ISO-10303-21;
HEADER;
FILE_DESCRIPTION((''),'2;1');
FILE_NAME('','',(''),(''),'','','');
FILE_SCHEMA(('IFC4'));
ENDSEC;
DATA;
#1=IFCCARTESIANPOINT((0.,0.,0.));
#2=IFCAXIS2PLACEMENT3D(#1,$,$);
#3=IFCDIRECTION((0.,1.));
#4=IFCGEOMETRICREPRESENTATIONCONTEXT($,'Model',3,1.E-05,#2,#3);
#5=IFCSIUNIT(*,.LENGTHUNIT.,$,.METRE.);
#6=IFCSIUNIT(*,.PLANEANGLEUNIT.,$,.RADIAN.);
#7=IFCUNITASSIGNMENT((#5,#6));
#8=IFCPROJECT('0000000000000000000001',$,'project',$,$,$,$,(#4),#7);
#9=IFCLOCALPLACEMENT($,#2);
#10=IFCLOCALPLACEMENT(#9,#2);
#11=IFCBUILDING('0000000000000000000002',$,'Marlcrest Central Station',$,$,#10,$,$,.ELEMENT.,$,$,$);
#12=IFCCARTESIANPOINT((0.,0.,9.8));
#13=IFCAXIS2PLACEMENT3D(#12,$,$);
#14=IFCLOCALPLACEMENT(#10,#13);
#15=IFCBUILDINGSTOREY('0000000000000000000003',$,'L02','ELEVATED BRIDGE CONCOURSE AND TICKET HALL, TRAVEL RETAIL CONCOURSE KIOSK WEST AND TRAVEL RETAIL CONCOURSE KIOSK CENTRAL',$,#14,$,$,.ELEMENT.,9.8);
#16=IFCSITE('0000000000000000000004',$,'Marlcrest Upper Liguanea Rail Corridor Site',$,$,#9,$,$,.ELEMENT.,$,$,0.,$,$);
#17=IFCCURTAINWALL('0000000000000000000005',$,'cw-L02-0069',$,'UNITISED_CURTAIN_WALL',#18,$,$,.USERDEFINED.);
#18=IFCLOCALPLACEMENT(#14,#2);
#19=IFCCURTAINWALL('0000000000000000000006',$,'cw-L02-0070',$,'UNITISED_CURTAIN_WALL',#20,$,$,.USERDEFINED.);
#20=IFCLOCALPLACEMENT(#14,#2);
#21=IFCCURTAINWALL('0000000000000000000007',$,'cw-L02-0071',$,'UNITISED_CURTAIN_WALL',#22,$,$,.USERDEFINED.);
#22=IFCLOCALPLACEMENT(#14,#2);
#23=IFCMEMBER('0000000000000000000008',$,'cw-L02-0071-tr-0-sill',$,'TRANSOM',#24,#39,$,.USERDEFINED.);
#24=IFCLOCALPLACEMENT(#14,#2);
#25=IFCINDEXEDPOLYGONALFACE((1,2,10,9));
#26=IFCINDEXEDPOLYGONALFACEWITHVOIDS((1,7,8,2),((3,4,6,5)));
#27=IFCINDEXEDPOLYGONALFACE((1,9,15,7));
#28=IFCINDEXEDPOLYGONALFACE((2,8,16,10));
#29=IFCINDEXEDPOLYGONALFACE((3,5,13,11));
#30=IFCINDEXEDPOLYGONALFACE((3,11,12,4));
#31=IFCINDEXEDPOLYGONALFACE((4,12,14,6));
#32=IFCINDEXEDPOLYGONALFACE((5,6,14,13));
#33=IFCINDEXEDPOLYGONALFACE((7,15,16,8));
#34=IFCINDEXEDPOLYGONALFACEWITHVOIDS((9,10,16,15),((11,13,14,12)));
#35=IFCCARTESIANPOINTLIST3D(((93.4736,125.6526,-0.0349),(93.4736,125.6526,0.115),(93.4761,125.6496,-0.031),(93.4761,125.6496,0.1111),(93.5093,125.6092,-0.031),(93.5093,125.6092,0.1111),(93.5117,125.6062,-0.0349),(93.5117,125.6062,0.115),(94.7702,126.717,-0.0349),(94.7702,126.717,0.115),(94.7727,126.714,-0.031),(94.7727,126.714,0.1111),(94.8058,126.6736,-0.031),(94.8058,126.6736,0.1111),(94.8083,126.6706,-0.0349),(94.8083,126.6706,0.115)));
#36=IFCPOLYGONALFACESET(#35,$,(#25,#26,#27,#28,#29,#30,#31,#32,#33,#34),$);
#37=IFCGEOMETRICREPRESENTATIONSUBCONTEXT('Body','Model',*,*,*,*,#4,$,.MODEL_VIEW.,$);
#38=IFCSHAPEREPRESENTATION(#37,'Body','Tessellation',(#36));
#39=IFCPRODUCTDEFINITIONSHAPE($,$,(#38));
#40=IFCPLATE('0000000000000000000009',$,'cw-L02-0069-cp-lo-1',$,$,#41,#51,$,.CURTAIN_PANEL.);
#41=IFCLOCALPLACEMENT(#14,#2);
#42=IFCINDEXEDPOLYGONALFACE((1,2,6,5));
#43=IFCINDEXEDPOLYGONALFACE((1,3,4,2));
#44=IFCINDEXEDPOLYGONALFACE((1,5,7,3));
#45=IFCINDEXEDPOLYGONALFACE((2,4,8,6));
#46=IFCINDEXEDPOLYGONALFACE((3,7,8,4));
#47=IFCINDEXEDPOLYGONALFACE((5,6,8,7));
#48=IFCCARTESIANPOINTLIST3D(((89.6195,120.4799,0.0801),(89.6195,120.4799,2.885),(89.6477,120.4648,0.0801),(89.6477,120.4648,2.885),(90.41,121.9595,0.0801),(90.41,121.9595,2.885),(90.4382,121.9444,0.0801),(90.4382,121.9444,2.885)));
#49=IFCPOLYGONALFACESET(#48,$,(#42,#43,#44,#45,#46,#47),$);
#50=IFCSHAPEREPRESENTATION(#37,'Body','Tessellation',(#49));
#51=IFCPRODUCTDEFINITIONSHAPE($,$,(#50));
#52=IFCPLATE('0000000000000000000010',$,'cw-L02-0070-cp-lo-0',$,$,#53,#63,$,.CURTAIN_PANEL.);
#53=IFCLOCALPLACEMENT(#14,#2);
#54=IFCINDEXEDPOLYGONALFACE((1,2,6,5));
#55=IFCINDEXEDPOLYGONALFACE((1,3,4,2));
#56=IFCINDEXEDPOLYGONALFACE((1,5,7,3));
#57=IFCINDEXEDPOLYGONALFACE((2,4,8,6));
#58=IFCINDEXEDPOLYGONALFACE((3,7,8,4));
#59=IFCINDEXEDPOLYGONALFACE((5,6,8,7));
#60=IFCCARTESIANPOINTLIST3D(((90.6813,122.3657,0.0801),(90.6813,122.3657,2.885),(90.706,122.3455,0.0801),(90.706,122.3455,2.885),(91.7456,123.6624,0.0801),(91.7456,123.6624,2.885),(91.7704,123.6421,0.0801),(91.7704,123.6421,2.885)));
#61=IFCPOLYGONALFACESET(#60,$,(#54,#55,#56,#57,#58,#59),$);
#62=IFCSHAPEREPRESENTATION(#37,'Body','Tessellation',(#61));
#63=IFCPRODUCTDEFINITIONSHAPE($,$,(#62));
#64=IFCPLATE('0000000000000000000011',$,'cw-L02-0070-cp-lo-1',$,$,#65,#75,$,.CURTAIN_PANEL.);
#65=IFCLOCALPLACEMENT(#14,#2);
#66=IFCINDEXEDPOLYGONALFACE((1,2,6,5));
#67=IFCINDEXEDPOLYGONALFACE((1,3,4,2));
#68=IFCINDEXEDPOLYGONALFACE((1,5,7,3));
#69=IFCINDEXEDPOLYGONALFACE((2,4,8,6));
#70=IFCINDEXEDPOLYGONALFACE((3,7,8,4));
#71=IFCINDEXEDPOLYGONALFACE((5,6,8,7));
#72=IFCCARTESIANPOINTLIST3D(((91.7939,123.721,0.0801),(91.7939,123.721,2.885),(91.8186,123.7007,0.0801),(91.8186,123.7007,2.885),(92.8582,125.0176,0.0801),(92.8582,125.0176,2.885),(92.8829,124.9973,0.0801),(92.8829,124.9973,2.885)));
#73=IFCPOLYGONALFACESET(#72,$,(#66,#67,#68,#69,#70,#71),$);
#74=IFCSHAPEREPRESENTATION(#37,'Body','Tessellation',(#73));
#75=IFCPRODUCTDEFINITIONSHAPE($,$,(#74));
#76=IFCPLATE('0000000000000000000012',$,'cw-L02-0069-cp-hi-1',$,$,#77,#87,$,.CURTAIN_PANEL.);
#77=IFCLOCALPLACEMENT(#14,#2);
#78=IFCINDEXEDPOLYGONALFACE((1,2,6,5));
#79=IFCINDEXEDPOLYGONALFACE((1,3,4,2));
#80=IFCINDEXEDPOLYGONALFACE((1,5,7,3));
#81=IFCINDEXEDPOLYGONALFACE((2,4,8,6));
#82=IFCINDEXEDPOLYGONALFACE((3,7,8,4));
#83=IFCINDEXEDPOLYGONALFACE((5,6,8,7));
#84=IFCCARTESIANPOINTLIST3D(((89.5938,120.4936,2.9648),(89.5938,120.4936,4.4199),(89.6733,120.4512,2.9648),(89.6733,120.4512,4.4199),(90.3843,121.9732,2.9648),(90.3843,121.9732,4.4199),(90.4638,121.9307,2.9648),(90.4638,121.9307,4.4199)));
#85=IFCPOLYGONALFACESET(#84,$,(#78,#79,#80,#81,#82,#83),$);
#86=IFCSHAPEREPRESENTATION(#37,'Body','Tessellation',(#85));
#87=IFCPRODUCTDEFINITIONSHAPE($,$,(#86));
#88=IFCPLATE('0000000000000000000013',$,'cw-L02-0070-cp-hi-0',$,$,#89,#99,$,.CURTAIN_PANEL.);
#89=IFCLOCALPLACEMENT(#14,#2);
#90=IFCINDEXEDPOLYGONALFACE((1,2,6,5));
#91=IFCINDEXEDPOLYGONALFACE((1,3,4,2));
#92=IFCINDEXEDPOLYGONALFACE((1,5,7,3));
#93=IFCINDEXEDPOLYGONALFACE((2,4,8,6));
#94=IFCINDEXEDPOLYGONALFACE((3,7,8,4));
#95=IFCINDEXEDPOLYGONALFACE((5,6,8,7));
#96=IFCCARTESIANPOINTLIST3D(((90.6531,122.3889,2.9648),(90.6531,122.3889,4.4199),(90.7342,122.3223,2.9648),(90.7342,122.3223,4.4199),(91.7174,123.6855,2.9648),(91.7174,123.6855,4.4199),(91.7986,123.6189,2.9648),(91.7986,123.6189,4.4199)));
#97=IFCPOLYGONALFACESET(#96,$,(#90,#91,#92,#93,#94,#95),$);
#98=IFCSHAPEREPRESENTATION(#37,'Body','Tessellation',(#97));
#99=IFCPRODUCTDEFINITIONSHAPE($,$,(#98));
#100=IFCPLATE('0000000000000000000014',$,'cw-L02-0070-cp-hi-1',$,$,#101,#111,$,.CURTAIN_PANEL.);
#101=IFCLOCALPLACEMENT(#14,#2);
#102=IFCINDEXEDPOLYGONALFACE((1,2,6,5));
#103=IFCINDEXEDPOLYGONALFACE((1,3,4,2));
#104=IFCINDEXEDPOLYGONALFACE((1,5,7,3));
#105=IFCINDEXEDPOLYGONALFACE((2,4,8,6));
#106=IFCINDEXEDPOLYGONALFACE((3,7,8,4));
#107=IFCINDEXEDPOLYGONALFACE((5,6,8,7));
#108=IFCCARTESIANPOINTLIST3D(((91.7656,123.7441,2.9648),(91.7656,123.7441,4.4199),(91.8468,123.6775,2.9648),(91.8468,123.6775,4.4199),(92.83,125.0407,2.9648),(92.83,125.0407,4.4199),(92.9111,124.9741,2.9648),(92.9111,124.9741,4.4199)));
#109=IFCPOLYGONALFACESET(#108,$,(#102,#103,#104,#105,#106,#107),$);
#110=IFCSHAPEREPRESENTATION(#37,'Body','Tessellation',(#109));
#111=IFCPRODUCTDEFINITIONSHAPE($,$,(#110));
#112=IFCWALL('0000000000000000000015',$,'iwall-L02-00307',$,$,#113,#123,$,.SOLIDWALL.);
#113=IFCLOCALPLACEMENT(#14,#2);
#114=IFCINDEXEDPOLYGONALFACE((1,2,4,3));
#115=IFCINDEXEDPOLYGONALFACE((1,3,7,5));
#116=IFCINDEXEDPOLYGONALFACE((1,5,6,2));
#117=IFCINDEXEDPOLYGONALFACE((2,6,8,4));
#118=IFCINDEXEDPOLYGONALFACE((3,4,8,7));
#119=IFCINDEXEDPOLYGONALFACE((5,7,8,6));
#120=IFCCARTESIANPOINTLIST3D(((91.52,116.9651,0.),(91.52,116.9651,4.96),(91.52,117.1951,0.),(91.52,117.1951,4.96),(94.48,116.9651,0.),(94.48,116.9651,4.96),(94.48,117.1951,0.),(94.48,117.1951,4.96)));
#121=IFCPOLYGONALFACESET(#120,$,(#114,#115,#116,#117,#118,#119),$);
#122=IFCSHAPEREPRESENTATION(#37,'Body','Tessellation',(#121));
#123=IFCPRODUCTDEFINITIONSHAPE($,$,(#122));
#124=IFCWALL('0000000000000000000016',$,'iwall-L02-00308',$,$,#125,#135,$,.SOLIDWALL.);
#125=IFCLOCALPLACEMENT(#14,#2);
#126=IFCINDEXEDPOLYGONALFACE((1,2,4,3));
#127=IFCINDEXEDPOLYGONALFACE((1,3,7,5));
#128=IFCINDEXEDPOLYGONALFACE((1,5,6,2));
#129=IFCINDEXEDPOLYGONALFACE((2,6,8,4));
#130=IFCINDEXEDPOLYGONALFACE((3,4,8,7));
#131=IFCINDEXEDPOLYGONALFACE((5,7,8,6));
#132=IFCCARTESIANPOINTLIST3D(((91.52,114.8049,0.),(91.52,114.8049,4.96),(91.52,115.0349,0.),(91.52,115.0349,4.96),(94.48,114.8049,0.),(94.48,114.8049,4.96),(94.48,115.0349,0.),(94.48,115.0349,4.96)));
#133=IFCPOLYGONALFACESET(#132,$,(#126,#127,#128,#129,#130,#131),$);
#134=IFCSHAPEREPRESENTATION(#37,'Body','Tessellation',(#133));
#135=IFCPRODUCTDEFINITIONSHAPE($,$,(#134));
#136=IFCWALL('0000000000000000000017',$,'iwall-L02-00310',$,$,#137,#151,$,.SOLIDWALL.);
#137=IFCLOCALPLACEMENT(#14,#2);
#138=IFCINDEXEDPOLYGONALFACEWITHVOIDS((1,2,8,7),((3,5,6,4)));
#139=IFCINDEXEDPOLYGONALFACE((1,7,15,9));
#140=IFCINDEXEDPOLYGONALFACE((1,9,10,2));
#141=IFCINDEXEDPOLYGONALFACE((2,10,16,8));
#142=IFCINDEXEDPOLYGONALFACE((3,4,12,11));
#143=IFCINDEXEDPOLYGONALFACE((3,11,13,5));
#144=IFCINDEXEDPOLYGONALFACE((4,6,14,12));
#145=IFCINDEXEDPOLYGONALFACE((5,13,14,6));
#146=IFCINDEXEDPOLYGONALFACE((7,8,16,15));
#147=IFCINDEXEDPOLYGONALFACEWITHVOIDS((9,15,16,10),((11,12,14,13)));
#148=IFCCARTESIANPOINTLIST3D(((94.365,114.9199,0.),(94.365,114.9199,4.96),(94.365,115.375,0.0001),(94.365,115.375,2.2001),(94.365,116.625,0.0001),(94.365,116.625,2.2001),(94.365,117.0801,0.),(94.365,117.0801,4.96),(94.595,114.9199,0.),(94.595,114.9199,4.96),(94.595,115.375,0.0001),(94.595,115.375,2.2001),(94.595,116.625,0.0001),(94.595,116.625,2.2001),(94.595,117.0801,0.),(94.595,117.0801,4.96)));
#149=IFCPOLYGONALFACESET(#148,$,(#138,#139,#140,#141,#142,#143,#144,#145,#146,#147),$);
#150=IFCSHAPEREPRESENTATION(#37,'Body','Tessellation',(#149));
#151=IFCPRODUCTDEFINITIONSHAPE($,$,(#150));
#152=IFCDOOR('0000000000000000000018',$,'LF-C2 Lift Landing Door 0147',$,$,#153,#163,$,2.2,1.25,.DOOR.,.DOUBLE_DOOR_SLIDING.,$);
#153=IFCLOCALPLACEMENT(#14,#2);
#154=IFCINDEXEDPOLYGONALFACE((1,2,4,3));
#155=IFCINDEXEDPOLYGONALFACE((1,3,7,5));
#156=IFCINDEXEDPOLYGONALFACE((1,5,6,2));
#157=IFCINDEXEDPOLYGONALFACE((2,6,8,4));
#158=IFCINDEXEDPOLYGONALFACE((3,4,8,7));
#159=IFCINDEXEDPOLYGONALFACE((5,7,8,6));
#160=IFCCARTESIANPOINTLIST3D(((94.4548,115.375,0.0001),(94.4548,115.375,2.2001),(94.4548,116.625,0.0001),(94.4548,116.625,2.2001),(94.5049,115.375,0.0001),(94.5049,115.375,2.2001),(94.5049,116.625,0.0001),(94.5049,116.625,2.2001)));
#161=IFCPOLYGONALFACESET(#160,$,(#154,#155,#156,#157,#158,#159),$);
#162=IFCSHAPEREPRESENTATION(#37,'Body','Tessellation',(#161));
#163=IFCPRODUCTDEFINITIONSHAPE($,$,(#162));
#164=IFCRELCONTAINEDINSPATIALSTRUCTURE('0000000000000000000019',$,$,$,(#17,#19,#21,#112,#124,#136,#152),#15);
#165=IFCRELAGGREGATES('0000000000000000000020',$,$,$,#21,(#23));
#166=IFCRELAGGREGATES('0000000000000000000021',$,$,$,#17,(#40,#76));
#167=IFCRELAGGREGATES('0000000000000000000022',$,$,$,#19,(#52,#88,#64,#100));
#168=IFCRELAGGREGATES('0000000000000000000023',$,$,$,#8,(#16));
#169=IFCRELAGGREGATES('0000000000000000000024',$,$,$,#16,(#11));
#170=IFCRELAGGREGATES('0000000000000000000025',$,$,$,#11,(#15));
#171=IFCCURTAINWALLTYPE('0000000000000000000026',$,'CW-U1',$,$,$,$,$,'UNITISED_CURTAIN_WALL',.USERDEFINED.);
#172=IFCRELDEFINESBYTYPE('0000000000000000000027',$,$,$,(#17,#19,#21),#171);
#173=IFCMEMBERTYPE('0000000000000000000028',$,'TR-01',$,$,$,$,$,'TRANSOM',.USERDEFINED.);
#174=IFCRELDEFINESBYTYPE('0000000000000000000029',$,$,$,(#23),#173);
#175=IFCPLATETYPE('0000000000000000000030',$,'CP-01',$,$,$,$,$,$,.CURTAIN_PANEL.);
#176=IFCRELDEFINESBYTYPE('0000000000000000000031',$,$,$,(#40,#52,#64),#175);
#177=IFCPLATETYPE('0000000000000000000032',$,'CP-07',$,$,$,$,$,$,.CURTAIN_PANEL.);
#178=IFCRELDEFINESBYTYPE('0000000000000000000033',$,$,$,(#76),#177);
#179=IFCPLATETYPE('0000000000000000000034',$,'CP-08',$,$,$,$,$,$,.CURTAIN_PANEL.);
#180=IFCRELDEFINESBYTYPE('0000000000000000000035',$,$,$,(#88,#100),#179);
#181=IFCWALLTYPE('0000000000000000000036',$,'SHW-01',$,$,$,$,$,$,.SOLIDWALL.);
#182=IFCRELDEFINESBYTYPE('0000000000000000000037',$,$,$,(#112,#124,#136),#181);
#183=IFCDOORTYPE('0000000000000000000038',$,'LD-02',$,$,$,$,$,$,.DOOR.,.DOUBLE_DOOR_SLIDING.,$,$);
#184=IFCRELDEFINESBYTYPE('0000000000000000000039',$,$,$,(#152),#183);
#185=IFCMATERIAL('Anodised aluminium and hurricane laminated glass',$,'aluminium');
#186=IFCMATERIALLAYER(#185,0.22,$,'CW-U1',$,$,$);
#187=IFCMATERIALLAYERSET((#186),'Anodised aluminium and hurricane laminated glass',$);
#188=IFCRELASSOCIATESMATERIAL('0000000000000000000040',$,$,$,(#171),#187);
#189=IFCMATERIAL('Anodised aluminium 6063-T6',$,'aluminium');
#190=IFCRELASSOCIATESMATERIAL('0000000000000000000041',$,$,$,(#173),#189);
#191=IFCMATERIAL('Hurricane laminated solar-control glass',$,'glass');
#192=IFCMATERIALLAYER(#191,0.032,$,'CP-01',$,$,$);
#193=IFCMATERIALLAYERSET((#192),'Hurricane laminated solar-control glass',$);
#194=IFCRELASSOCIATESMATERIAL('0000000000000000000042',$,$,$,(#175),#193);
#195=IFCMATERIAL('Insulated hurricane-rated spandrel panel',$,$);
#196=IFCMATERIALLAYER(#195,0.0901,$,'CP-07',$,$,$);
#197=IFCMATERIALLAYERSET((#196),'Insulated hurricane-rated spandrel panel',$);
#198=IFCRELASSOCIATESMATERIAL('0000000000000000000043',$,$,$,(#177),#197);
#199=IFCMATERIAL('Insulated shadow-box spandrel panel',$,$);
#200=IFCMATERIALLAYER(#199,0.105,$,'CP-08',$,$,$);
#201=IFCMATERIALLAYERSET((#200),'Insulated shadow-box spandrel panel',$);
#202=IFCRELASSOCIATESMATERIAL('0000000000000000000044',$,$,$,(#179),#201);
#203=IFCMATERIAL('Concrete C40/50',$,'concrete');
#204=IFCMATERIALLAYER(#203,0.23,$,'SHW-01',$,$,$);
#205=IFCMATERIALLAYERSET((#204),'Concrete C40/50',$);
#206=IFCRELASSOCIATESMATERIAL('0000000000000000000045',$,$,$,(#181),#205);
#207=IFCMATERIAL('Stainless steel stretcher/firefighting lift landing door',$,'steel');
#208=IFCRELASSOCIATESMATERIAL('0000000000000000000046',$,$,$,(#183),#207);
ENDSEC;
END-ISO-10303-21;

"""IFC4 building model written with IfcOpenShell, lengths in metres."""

from ifc_helpers import new_model, si_unit, direction, frame, frame_2d, origin, origin_2d, place, context, subcontext, project, spatial, rectangle, hollow_rectangle, extrude, material, layer, layer_set, material_profile, profile_set, type_object, element, fill, aggregate, save


model = new_model("IFC4")

# Units and contexts
model_context = context("Model", 3, precision=1e-05, world=origin(), true_north=direction((0.0, 1.0)))
body_context = subcontext(model_context, "Body", "Model", "MODEL_VIEW")
ifc_project = project(units=[si_unit("LENGTHUNIT", "METRE"), si_unit("PLANEANGLEUNIT", "RADIAN")], contexts=[model_context])

# Site, building, storey
site_placement = place(None, origin())
site = spatial("IfcSite", under=ifc_project, at=site_placement, Name="Marlcrest Upper Liguanea Rail Corridor Site", CompositionType="ELEMENT", RefElevation=0.0)
building_placement = place(site_placement, origin())
building = spatial("IfcBuilding", under=site, at=building_placement, Name="Marlcrest Central Station", CompositionType="ELEMENT")
storey_placement = place(building_placement, frame((0.0, 0.0, 9.8)))
storey = spatial("IfcBuildingStorey", under=building, at=storey_placement, Name="L02", Description="ELEVATED BRIDGE CONCOURSE AND TICKET HALL, TRAVEL RETAIL CONCOURSE KIOSK WEST AND TRAVEL RETAIL CONCOURSE KIOSK CENTRAL", CompositionType="ELEMENT", Elevation=9.8)

# Curtain wall
ifc_material_1 = material(Name="Anodised aluminium and hurricane laminated glass", Category="aluminium")
ifc_layer_1 = layer(ifc_material_1, 0.22, Name="CW-U1")
ifc_layer_set_1 = layer_set([ifc_layer_1], Name="Anodised aluminium and hurricane laminated glass")
curtain_wall_type = type_object("IfcCurtainWallType", Name="CW-U1", ElementType="UNITISED_CURTAIN_WALL", PredefinedType="USERDEFINED", material=ifc_layer_set_1)
curtain_wall_1_placement = place(storey_placement, origin())
curtain_wall_1 = element("IfcCurtainWall", 1, at=curtain_wall_1_placement, inside=storey, type_object=curtain_wall_type, Name="cw-L02-0069", ObjectType="UNITISED_CURTAIN_WALL", PredefinedType="USERDEFINED")
ifc_material_2 = material(Name="Anodised aluminium 6063-T6", Category="aluminium")

# Curtain wall
curtain_wall_2_placement = place(storey_placement, origin())
curtain_wall_2 = element("IfcCurtainWall", 2, at=curtain_wall_2_placement, inside=storey, type_object=curtain_wall_type, Name="cw-L02-0070", ObjectType="UNITISED_CURTAIN_WALL", PredefinedType="USERDEFINED")

# Curtain wall
curtain_wall_3_placement = place(storey_placement, origin())
curtain_wall_3 = element("IfcCurtainWall", 3, at=curtain_wall_3_placement, inside=storey, type_object=curtain_wall_type, Name="cw-L02-0071", ObjectType="UNITISED_CURTAIN_WALL", PredefinedType="USERDEFINED")

# Member
ifc_material_profile_1 = material_profile(ifc_material_2, hollow_rectangle(XDim=0.0601, YDim=0.1499, WallThickness=0.0039, at=origin_2d()), Name="AA-RHS 150x60x4")
ifc_profile_set_1 = profile_set([ifc_material_profile_1], Name="Anodised aluminium 6063-T6")
member_type_1 = type_object("IfcMemberType", Name="TR-01", ElementType="TRANSOM", PredefinedType="USERDEFINED", material=ifc_profile_set_1)
member_1_placement = place(storey_placement, frame((93.4927, 125.6294, 0.04), z_axis=(0.772912, 0.634513, 0.0), x_axis=(-0.634513, 0.772912, 0.0)))
member_1 = element("IfcMember", 4, at=member_1_placement, type_object=member_type_1, Name="cw-L02-0071-tr-0-sill", ObjectType="TRANSOM", PredefinedType="USERDEFINED", context=body_context, shape_type="SweptSolid", body=[
    extrude(hollow_rectangle(XDim=0.0601, YDim=0.1499, WallThickness=0.0039, at=origin_2d()), origin(), (0.0, 0.0, 1.0), 1.6775),
])
aggregate(curtain_wall_3, [member_1])

# Plates
ifc_material_3 = material(Name="Hurricane laminated solar-control glass", Category="glass")
ifc_layer_2 = layer(ifc_material_3, 0.032, Name="CP-01")
ifc_layer_set_2 = layer_set([ifc_layer_2], Name="Hurricane laminated solar-control glass")
plate_type_1 = type_object("IfcPlateType", Name="CP-01", PredefinedType="CURTAIN_PANEL", material=ifc_layer_set_2)
plate_1_placement = place(storey_placement, frame((90.0288, 121.2122, 0.0801), z_axis=(0.0, 0.0, 1.0), x_axis=(0.471243, 0.882004, 0.0)))
plate_1 = element("IfcPlate", 5, at=plate_1_placement, type_object=plate_type_1, Name="cw-L02-0069-cp-lo-1", PredefinedType="CURTAIN_PANEL", context=body_context, shape_type="SweptSolid", body=[
    extrude(rectangle(XDim=1.6775, YDim=0.032, at=origin_2d()), origin(), (0.0, 0.0, 1.0), 2.8049),
])
plate_2_placement = place(storey_placement, frame((91.2258, 123.0039, 0.0801), z_axis=(0.0, 0.0, 1.0), x_axis=(0.634474, 0.772944, 0.0)))
plate_2 = element("IfcPlate", 6, at=plate_2_placement, type_object=plate_type_1, Name="cw-L02-0070-cp-lo-0", PredefinedType="CURTAIN_PANEL", context=body_context, shape_type="SweptSolid", body=[
    extrude(rectangle(XDim=1.6775, YDim=0.032, at=origin_2d()), origin(), (0.0, 0.0, 1.0), 2.8049),
])
plate_3_placement = place(storey_placement, frame((92.3384, 124.3591, 0.0801), z_axis=(0.0, 0.0, 1.0), x_axis=(0.634474, 0.772944, 0.0)))
plate_3 = element("IfcPlate", 7, at=plate_3_placement, type_object=plate_type_1, Name="cw-L02-0070-cp-lo-1", PredefinedType="CURTAIN_PANEL", context=body_context, shape_type="SweptSolid", body=[
    extrude(rectangle(XDim=1.6775, YDim=0.032, at=origin_2d()), origin(), (0.0, 0.0, 1.0), 2.8049),
])
ifc_material_4 = material(Name="Insulated hurricane-rated spandrel panel")
ifc_layer_3 = layer(ifc_material_4, 0.0901, Name="CP-07")
ifc_layer_set_3 = layer_set([ifc_layer_3], Name="Insulated hurricane-rated spandrel panel")
plate_type_2 = type_object("IfcPlateType", Name="CP-07", PredefinedType="CURTAIN_PANEL", material=ifc_layer_set_3)
plate_4_placement = place(storey_placement, frame((90.0288, 121.2122, 2.9648), z_axis=(0.0, 0.0, 1.0), x_axis=(0.471243, 0.882004, 0.0)))
plate_4 = element("IfcPlate", 8, at=plate_4_placement, type_object=plate_type_2, Name="cw-L02-0069-cp-hi-1", PredefinedType="CURTAIN_PANEL", context=body_context, shape_type="SweptSolid", body=[
    extrude(rectangle(XDim=1.6775, YDim=0.0901, at=origin_2d()), origin(), (0.0, 0.0, 1.0), 1.4551),
])
aggregate(curtain_wall_1, [plate_1, plate_4])
ifc_material_5 = material(Name="Insulated shadow-box spandrel panel")
ifc_layer_4 = layer(ifc_material_5, 0.105, Name="CP-08")
ifc_layer_set_4 = layer_set([ifc_layer_4], Name="Insulated shadow-box spandrel panel")
plate_type_3 = type_object("IfcPlateType", Name="CP-08", PredefinedType="CURTAIN_PANEL", material=ifc_layer_set_4)
plate_5_placement = place(storey_placement, frame((91.2258, 123.0039, 2.9648), z_axis=(0.0, 0.0, 1.0), x_axis=(0.634474, 0.772944, 0.0)))
plate_5 = element("IfcPlate", 9, at=plate_5_placement, type_object=plate_type_3, Name="cw-L02-0070-cp-hi-0", PredefinedType="CURTAIN_PANEL", context=body_context, shape_type="SweptSolid", body=[
    extrude(rectangle(XDim=1.6775, YDim=0.105, at=origin_2d()), origin(), (0.0, 0.0, 1.0), 1.4551),
])
plate_6_placement = place(storey_placement, frame((92.3384, 124.3591, 2.9648), z_axis=(0.0, 0.0, 1.0), x_axis=(0.634474, 0.772944, 0.0)))
plate_6 = element("IfcPlate", 10, at=plate_6_placement, type_object=plate_type_3, Name="cw-L02-0070-cp-hi-1", PredefinedType="CURTAIN_PANEL", context=body_context, shape_type="SweptSolid", body=[
    extrude(rectangle(XDim=1.6775, YDim=0.105, at=origin_2d()), origin(), (0.0, 0.0, 1.0), 1.4551),
])
aggregate(curtain_wall_2, [plate_2, plate_5, plate_3, plate_6])

# Walls
ifc_material_6 = material(Name="Concrete C40/50", Category="concrete")
ifc_layer_5 = layer(ifc_material_6, 0.23, Name="SHW-01")
ifc_layer_set_5 = layer_set([ifc_layer_5], Name="Concrete C40/50")
wall_type = type_object("IfcWallType", Name="SHW-01", PredefinedType="SOLIDWALL", material=ifc_layer_set_5)
for number, where, z_axis, x_axis, name in (
    (11, (91.52, 117.0801, 0.0), (0.0, 0.0, 1.0), (1.0, 0.0, 0.0), "iwall-L02-00307"),
    (12, (94.48, 114.9199, 0.0), (0.0, 0.0, 1.0), (-1.0, 0.0, 0.0), "iwall-L02-00308"),
):
    element("IfcWall", number, at=place(storey_placement, frame(where, z_axis=z_axis, x_axis=x_axis)), inside=storey, type_object=wall_type, Name=name, PredefinedType="SOLIDWALL", context=body_context, shape_type="SweptSolid", body=[
        extrude(rectangle(XDim=2.96, YDim=0.23, at=frame_2d((1.48, 0.0))), origin(), (0.0, 0.0, 1.0), 4.96),
    ])

# Wall, opening, door
wall_placement = place(storey_placement, frame((94.48, 117.0801, 0.0), z_axis=(0.0, 0.0, 1.0), x_axis=(0.0, -1.0, 0.0)))
wall = element("IfcWall", 13, at=wall_placement, inside=storey, type_object=wall_type, Name="iwall-L02-00310", PredefinedType="SOLIDWALL", context=body_context, shape_type="SweptSolid", body=[
    extrude(rectangle(XDim=2.1602, YDim=0.23, at=frame_2d((1.0801, 0.0))), origin(), (0.0, 0.0, 1.0), 4.96),
])
opening_placement = place(wall_placement, frame((0.4551, 0.0, 0.0)))
opening = element("IfcOpeningElement", 14, at=opening_placement, cuts=wall, PredefinedType="OPENING", context=body_context, shape_type="SweptSolid", body=[
    extrude(rectangle(XDim=1.25, YDim=2.2, at=frame_2d((0.625, 1.1001))), frame((0.0, 0.125, 0.0), z_axis=(0.0, -1.0, 0.0), x_axis=(1.0, 0.0, 0.0)), (0.0, 0.0, 1.0), 0.25),
])
ifc_material_7 = material(Name="Stainless steel stretcher/firefighting lift landing door", Category="steel")
door_type = type_object("IfcDoorType", Name="LD-02", OperationType="DOUBLE_DOOR_SLIDING", PredefinedType="DOOR", material=ifc_material_7)
door_placement = place(opening_placement, origin())
door = element("IfcDoor", 15, at=door_placement, inside=storey, type_object=door_type, Name="LF-C2 Lift Landing Door 0147", OperationType="DOUBLE_DOOR_SLIDING", OverallHeight=2.2, OverallWidth=1.25, PredefinedType="DOOR", context=body_context, shape_type="SweptSolid", body=[
    extrude(rectangle(XDim=1.25, YDim=2.2, at=frame_2d((0.625, 1.1001))), frame((0.0, 0.0249, 0.0), z_axis=(0.0, -1.0, 0.0), x_axis=(1.0, 0.0, 0.0)), (0.0, 0.0, 1.0), 0.05),
])
fill(opening, door)

save(model, "model.ifc")
